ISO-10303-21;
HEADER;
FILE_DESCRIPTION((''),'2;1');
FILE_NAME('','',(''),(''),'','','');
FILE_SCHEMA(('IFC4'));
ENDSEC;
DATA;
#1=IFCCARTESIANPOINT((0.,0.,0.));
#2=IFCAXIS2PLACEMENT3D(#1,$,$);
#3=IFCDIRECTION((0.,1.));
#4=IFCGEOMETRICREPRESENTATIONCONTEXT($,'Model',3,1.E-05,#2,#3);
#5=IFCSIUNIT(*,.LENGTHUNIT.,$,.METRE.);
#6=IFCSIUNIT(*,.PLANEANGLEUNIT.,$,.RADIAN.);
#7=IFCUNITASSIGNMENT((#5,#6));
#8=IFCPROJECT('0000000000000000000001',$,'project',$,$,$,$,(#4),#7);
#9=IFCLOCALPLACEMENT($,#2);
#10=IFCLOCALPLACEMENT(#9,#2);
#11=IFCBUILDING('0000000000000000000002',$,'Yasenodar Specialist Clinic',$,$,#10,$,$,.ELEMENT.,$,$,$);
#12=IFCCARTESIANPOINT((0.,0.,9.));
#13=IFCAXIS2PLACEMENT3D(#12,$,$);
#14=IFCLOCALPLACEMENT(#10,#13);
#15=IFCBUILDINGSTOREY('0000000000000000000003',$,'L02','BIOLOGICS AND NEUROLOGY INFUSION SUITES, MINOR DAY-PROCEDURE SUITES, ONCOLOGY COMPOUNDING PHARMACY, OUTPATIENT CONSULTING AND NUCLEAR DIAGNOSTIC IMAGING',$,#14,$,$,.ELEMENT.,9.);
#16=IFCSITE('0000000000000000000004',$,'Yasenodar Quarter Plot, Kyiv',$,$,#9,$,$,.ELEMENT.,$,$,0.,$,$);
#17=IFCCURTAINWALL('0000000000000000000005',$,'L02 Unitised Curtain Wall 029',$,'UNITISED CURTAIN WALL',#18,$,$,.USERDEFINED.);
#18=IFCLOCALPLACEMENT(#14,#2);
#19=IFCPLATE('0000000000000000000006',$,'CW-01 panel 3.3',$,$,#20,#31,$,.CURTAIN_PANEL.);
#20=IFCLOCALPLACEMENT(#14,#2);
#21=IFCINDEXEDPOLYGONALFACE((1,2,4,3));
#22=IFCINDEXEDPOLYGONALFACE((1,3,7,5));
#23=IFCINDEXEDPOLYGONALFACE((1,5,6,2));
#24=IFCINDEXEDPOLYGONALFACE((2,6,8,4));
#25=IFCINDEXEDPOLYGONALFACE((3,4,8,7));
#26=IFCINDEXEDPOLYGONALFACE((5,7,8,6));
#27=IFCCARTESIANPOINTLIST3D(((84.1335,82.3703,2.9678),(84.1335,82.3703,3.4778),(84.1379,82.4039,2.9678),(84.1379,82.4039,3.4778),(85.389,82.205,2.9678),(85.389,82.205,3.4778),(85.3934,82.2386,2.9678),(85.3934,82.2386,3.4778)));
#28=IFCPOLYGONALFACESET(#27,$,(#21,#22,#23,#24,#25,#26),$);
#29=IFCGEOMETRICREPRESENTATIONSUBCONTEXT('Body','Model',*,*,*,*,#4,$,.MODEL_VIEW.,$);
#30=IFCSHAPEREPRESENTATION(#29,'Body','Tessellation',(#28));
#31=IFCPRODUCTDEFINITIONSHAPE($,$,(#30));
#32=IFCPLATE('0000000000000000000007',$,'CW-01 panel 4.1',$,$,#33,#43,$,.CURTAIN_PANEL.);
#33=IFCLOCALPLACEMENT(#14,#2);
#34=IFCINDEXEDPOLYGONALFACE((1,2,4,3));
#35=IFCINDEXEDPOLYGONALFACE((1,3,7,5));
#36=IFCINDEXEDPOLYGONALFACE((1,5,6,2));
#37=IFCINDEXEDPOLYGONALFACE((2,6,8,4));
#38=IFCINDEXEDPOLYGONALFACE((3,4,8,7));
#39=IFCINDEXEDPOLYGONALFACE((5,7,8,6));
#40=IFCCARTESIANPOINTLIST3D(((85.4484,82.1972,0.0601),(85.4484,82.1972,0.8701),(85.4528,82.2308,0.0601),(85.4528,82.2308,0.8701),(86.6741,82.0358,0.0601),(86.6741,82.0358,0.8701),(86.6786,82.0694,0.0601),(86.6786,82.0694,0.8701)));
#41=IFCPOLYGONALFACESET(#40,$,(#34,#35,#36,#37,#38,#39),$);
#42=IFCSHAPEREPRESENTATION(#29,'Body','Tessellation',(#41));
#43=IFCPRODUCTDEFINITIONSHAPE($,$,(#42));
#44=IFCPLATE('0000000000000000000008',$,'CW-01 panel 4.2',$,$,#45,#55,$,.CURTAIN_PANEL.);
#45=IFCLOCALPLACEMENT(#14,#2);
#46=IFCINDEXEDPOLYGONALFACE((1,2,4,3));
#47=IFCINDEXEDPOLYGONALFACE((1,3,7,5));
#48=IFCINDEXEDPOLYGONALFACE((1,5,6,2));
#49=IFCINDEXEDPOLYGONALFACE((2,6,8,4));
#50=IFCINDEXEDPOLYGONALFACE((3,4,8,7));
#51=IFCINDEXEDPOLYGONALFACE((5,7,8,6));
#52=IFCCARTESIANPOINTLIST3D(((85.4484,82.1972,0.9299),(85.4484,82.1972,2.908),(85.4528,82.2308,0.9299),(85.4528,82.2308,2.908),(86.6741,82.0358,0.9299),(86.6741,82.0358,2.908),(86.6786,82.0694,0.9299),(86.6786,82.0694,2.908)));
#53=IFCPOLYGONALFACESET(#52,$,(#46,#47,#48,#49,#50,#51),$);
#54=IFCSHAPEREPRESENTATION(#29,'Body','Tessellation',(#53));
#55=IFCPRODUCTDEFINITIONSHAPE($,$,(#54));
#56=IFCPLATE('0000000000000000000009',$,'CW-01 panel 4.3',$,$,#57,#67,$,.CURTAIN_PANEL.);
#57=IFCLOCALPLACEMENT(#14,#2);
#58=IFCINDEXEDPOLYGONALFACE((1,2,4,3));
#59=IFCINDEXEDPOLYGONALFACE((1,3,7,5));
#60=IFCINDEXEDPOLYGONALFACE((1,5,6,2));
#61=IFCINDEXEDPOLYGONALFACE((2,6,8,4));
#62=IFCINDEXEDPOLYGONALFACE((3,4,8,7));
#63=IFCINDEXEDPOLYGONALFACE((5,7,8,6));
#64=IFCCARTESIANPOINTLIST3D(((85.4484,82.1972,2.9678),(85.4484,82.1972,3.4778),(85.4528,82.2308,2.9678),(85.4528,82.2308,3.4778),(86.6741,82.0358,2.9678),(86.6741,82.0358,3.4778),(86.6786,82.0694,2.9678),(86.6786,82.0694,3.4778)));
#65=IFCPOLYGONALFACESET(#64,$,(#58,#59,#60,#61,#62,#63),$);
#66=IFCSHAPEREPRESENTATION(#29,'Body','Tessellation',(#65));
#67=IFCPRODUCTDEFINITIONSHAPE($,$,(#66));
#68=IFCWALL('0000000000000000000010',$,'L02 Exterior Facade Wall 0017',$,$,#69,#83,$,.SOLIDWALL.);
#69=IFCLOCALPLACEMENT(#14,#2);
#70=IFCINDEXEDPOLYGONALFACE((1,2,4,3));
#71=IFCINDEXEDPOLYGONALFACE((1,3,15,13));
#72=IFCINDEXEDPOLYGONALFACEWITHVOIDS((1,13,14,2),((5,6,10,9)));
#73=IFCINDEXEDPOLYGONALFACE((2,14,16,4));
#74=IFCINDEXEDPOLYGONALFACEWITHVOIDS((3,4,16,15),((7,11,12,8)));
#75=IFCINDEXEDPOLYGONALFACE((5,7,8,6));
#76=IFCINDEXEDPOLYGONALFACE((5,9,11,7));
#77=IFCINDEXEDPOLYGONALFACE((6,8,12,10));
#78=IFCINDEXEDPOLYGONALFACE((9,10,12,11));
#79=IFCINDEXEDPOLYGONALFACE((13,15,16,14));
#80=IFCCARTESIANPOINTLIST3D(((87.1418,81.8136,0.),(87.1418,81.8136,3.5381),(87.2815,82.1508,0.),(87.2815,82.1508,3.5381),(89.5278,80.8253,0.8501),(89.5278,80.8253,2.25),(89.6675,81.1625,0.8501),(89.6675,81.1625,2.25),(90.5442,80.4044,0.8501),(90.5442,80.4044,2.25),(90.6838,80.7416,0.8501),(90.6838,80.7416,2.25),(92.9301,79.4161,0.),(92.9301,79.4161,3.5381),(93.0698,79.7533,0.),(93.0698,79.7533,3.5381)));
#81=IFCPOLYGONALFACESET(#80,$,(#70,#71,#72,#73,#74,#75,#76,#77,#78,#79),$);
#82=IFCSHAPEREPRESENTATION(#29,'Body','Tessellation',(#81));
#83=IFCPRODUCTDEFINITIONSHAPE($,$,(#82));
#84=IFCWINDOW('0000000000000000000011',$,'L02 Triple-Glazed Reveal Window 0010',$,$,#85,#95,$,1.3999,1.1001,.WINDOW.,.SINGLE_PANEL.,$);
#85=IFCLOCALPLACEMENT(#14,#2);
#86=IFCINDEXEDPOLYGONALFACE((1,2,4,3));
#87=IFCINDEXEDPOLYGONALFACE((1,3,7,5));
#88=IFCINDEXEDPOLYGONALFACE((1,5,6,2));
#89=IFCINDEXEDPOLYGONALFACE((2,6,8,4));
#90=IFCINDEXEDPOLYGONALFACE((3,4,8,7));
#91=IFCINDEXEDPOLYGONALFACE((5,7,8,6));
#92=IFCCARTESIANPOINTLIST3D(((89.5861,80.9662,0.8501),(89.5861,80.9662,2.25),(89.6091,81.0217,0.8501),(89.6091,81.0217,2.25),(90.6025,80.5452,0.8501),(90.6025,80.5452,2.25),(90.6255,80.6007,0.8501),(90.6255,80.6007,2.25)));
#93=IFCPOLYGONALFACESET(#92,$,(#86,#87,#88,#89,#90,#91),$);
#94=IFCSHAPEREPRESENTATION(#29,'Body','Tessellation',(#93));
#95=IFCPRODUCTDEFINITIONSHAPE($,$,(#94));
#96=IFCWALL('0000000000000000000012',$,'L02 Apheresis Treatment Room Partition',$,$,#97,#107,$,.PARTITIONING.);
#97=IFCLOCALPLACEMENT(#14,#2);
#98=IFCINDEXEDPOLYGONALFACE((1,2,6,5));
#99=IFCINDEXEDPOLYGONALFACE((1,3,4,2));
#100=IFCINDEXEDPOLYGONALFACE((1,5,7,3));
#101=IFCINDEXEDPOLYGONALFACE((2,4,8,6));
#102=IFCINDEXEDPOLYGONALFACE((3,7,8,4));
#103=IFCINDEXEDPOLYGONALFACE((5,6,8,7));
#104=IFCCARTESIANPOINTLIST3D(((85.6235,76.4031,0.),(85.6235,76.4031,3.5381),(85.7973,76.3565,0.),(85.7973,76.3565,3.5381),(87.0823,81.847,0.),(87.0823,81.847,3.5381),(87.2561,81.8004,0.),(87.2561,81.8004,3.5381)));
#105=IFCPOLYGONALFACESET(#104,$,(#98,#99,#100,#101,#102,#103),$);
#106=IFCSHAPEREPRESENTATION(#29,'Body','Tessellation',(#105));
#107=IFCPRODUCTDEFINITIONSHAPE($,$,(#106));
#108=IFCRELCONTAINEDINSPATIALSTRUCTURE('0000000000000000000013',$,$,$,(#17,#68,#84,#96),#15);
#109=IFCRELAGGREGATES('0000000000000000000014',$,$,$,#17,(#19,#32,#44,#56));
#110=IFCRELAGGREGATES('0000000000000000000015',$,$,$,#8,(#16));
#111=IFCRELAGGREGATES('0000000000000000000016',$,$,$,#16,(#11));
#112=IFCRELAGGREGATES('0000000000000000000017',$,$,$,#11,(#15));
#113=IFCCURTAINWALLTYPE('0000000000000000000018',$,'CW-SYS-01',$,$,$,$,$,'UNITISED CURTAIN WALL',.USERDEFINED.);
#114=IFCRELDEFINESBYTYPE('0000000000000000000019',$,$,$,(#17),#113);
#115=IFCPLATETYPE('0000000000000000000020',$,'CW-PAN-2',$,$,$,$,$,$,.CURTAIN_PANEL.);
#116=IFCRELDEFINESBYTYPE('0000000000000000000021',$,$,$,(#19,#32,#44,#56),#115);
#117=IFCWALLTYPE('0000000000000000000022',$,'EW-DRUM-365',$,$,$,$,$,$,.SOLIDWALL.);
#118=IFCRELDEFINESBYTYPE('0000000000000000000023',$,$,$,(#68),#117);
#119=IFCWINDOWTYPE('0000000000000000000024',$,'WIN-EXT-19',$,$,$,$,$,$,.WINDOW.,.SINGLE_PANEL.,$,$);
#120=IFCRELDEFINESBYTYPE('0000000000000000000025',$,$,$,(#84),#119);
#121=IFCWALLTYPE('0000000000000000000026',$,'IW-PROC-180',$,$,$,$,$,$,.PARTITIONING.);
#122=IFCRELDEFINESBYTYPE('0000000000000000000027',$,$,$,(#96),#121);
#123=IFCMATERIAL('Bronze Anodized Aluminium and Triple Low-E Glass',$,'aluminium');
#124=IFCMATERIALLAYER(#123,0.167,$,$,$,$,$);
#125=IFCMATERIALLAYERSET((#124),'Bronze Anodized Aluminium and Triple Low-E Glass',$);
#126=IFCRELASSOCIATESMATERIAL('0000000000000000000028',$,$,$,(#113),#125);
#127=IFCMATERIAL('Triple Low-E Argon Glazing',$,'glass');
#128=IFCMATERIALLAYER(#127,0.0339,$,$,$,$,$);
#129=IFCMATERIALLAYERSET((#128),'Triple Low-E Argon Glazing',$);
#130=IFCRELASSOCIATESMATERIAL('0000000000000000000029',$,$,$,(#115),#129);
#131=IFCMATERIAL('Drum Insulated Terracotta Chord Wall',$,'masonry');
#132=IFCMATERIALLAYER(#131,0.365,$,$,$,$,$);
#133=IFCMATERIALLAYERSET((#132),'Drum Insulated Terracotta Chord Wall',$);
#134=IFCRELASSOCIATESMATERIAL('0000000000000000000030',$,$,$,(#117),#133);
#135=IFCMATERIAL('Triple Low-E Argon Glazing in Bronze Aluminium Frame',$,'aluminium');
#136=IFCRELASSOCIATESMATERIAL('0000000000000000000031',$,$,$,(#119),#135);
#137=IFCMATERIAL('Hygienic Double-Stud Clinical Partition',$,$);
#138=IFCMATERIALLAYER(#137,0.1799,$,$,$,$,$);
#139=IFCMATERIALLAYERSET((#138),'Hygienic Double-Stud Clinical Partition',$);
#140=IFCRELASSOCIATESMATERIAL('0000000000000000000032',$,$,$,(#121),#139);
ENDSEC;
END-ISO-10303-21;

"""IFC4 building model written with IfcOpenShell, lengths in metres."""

from ifc_helpers import new_model, si_unit, direction, frame, frame_2d, origin, origin_2d, place, context, subcontext, project, spatial, rectangle, extrude, material, layer, layer_set, type_object, element, fill, aggregate, save


model = new_model("IFC4")

# Units and contexts
model_context = context("Model", 3, precision=1e-05, world=origin(), true_north=direction((0.0, 1.0)))
body_context = subcontext(model_context, "Body", "Model", "MODEL_VIEW")
ifc_project = project(units=[si_unit("LENGTHUNIT", "METRE"), si_unit("PLANEANGLEUNIT", "RADIAN")], contexts=[model_context])

# Site, building, storey
site_placement = place(None, origin())
site = spatial("IfcSite", under=ifc_project, at=site_placement, Name="Yasenodar Quarter Plot, Kyiv", CompositionType="ELEMENT", RefElevation=0.0)
building_placement = place(site_placement, origin())
building = spatial("IfcBuilding", under=site, at=building_placement, Name="Yasenodar Specialist Clinic", CompositionType="ELEMENT")
storey_placement = place(building_placement, frame((0.0, 0.0, 9.0)))
storey = spatial("IfcBuildingStorey", under=building, at=storey_placement, Name="L02", Description="BIOLOGICS AND NEUROLOGY INFUSION SUITES, MINOR DAY-PROCEDURE SUITES, ONCOLOGY COMPOUNDING PHARMACY, OUTPATIENT CONSULTING AND NUCLEAR DIAGNOSTIC IMAGING", CompositionType="ELEMENT", Elevation=9.0)

# Curtain wall, plates
ifc_material_1 = material(Name="Bronze Anodized Aluminium and Triple Low-E Glass", Category="aluminium")
ifc_layer_1 = layer(ifc_material_1, 0.167)
ifc_layer_set_1 = layer_set([ifc_layer_1], Name="Bronze Anodized Aluminium and Triple Low-E Glass")
curtain_wall_type = type_object("IfcCurtainWallType", Name="CW-SYS-01", ElementType="UNITISED CURTAIN WALL", PredefinedType="USERDEFINED", material=ifc_layer_set_1)
curtain_wall_placement = place(storey_placement, origin())
curtain_wall = element("IfcCurtainWall", 1, at=curtain_wall_placement, inside=storey, type_object=curtain_wall_type, Name="L02 Unitised Curtain Wall 029", ObjectType="UNITISED CURTAIN WALL", PredefinedType="USERDEFINED")
ifc_material_2 = material(Name="Triple Low-E Argon Glazing", Category="glass")
ifc_layer_2 = layer(ifc_material_2, 0.0339)
ifc_layer_set_2 = layer_set([ifc_layer_2], Name="Triple Low-E Argon Glazing")
plate_type = type_object("IfcPlateType", Name="CW-PAN-2", PredefinedType="CURTAIN_PANEL", material=ifc_layer_set_2)
plate_1_placement = place(storey_placement, frame((84.7634, 82.3044, 2.9678), z_axis=(0.0, 0.0, 1.0), x_axis=(0.991447, -0.130512, 0.0)))
plate_1 = element("IfcPlate", 2, at=plate_1_placement, type_object=plate_type, Name="CW-01 panel 3.3", PredefinedType="CURTAIN_PANEL", context=body_context, shape_type="SweptSolid", body=[
    extrude(rectangle(XDim=1.2664, YDim=0.0339, at=origin_2d()), origin(), (0.0, 0.0, 1.0), 0.51),
])
plate_2_placement = place(storey_placement, frame((86.0635, 82.1333, 0.0601), z_axis=(0.0, 0.0, 1.0), x_axis=(0.991447, -0.130512, 0.0)))
plate_2 = element("IfcPlate", 3, at=plate_2_placement, type_object=plate_type, Name="CW-01 panel 4.1", PredefinedType="CURTAIN_PANEL", context=body_context, shape_type="SweptSolid", body=[
    extrude(rectangle(XDim=1.2363, YDim=0.0339, at=origin_2d()), origin(), (0.0, 0.0, 1.0), 0.8101),
])
plate_3_placement = place(storey_placement, frame((86.0635, 82.1333, 0.9299), z_axis=(0.0, 0.0, 1.0), x_axis=(0.991447, -0.130512, 0.0)))
plate_3 = element("IfcPlate", 4, at=plate_3_placement, type_object=plate_type, Name="CW-01 panel 4.2", PredefinedType="CURTAIN_PANEL", context=body_context, shape_type="SweptSolid", body=[
    extrude(rectangle(XDim=1.2363, YDim=0.0339, at=origin_2d()), origin(), (0.0, 0.0, 1.0), 1.978),
])
plate_4_placement = place(storey_placement, frame((86.0635, 82.1333, 2.9678), z_axis=(0.0, 0.0, 1.0), x_axis=(0.991447, -0.130512, 0.0)))
plate_4 = element("IfcPlate", 5, at=plate_4_placement, type_object=plate_type, Name="CW-01 panel 4.3", PredefinedType="CURTAIN_PANEL", context=body_context, shape_type="SweptSolid", body=[
    extrude(rectangle(XDim=1.2363, YDim=0.0339, at=origin_2d()), origin(), (0.0, 0.0, 1.0), 0.51),
])
aggregate(curtain_wall, [plate_1, plate_2, plate_3, plate_4])

# Wall, opening, window
ifc_material_3 = material(Name="Drum Insulated Terracotta Chord Wall", Category="masonry")
ifc_layer_3 = layer(ifc_material_3, 0.365)
ifc_layer_set_3 = layer_set([ifc_layer_3], Name="Drum Insulated Terracotta Chord Wall")
wall_type_1 = type_object("IfcWallType", Name="EW-DRUM-365", PredefinedType="SOLIDWALL", material=ifc_layer_set_3)
wall_1_placement = place(storey_placement, frame((87.2117, 81.9822, 0.0), z_axis=(0.0, 0.0, 1.0), x_axis=(0.923888, -0.382664, 0.0)))
wall_1 = element("IfcWall", 6, at=wall_1_placement, inside=storey, type_object=wall_type_1, Name="L02 Exterior Facade Wall 0017", PredefinedType="SOLIDWALL", context=body_context, shape_type="SweptSolid", body=[
    extrude(rectangle(XDim=6.2651, YDim=0.365, at=frame_2d((3.1326, 0.0))), origin(), (0.0, 0.0, 1.0), 3.5381),
])
opening_placement = place(wall_1_placement, frame((2.5825, 0.0, 0.8501)))
opening = element("IfcOpeningElement", 7, at=opening_placement, cuts=wall_1, PredefinedType="OPENING", context=body_context, shape_type="SweptSolid", body=[
    extrude(rectangle(XDim=1.1001, YDim=1.3999, at=frame_2d((0.55, 0.7))), frame((0.0, 0.1924, 0.0), z_axis=(0.0, -1.0, 0.0), x_axis=(1.0, 0.0, 0.0)), (0.0, 0.0, 1.0), 0.385),
])
ifc_material_4 = material(Name="Triple Low-E Argon Glazing in Bronze Aluminium Frame", Category="aluminium")
window_type = type_object("IfcWindowType", Name="WIN-EXT-19", PartitioningType="SINGLE_PANEL", PredefinedType="WINDOW", material=ifc_material_4)
window_placement = place(opening_placement, origin())
window = element("IfcWindow", 8, at=window_placement, inside=storey, type_object=window_type, Name="L02 Triple-Glazed Reveal Window 0010", OverallHeight=1.3999, OverallWidth=1.1001, PartitioningType="SINGLE_PANEL", PredefinedType="WINDOW", context=body_context, shape_type="SweptSolid", body=[
    extrude(rectangle(XDim=1.1001, YDim=1.3999, at=frame_2d((0.55, 0.7))), frame((0.0, 0.03, 0.0), z_axis=(0.0, -1.0, 0.0), x_axis=(1.0, 0.0, 0.0)), (0.0, 0.0, 1.0), 0.0601),
])
fill(opening, window)

# Wall
ifc_material_5 = material(Name="Hygienic Double-Stud Clinical Partition")
ifc_layer_4 = layer(ifc_material_5, 0.1799)
ifc_layer_set_4 = layer_set([ifc_layer_4], Name="Hygienic Double-Stud Clinical Partition")
wall_type_2 = type_object("IfcWallType", Name="IW-PROC-180", PredefinedType="PARTITIONING", material=ifc_layer_set_4)
wall_2_placement = place(storey_placement, frame((85.7104, 76.3799, 0.0), z_axis=(0.0, 0.0, 1.0), x_axis=(0.25883, 0.965923, 0.0)))
element("IfcWall", 9, at=wall_2_placement, inside=storey, type_object=wall_type_2, Name="L02 Apheresis Treatment Room Partition", PredefinedType="PARTITIONING", context=body_context, shape_type="SweptSolid", body=[
    extrude(rectangle(XDim=5.636, YDim=0.1799, at=frame_2d((2.8179, 0.0))), origin(), (0.0, 0.0, 1.0), 3.5381),
])

save(model, "model.ifc")
